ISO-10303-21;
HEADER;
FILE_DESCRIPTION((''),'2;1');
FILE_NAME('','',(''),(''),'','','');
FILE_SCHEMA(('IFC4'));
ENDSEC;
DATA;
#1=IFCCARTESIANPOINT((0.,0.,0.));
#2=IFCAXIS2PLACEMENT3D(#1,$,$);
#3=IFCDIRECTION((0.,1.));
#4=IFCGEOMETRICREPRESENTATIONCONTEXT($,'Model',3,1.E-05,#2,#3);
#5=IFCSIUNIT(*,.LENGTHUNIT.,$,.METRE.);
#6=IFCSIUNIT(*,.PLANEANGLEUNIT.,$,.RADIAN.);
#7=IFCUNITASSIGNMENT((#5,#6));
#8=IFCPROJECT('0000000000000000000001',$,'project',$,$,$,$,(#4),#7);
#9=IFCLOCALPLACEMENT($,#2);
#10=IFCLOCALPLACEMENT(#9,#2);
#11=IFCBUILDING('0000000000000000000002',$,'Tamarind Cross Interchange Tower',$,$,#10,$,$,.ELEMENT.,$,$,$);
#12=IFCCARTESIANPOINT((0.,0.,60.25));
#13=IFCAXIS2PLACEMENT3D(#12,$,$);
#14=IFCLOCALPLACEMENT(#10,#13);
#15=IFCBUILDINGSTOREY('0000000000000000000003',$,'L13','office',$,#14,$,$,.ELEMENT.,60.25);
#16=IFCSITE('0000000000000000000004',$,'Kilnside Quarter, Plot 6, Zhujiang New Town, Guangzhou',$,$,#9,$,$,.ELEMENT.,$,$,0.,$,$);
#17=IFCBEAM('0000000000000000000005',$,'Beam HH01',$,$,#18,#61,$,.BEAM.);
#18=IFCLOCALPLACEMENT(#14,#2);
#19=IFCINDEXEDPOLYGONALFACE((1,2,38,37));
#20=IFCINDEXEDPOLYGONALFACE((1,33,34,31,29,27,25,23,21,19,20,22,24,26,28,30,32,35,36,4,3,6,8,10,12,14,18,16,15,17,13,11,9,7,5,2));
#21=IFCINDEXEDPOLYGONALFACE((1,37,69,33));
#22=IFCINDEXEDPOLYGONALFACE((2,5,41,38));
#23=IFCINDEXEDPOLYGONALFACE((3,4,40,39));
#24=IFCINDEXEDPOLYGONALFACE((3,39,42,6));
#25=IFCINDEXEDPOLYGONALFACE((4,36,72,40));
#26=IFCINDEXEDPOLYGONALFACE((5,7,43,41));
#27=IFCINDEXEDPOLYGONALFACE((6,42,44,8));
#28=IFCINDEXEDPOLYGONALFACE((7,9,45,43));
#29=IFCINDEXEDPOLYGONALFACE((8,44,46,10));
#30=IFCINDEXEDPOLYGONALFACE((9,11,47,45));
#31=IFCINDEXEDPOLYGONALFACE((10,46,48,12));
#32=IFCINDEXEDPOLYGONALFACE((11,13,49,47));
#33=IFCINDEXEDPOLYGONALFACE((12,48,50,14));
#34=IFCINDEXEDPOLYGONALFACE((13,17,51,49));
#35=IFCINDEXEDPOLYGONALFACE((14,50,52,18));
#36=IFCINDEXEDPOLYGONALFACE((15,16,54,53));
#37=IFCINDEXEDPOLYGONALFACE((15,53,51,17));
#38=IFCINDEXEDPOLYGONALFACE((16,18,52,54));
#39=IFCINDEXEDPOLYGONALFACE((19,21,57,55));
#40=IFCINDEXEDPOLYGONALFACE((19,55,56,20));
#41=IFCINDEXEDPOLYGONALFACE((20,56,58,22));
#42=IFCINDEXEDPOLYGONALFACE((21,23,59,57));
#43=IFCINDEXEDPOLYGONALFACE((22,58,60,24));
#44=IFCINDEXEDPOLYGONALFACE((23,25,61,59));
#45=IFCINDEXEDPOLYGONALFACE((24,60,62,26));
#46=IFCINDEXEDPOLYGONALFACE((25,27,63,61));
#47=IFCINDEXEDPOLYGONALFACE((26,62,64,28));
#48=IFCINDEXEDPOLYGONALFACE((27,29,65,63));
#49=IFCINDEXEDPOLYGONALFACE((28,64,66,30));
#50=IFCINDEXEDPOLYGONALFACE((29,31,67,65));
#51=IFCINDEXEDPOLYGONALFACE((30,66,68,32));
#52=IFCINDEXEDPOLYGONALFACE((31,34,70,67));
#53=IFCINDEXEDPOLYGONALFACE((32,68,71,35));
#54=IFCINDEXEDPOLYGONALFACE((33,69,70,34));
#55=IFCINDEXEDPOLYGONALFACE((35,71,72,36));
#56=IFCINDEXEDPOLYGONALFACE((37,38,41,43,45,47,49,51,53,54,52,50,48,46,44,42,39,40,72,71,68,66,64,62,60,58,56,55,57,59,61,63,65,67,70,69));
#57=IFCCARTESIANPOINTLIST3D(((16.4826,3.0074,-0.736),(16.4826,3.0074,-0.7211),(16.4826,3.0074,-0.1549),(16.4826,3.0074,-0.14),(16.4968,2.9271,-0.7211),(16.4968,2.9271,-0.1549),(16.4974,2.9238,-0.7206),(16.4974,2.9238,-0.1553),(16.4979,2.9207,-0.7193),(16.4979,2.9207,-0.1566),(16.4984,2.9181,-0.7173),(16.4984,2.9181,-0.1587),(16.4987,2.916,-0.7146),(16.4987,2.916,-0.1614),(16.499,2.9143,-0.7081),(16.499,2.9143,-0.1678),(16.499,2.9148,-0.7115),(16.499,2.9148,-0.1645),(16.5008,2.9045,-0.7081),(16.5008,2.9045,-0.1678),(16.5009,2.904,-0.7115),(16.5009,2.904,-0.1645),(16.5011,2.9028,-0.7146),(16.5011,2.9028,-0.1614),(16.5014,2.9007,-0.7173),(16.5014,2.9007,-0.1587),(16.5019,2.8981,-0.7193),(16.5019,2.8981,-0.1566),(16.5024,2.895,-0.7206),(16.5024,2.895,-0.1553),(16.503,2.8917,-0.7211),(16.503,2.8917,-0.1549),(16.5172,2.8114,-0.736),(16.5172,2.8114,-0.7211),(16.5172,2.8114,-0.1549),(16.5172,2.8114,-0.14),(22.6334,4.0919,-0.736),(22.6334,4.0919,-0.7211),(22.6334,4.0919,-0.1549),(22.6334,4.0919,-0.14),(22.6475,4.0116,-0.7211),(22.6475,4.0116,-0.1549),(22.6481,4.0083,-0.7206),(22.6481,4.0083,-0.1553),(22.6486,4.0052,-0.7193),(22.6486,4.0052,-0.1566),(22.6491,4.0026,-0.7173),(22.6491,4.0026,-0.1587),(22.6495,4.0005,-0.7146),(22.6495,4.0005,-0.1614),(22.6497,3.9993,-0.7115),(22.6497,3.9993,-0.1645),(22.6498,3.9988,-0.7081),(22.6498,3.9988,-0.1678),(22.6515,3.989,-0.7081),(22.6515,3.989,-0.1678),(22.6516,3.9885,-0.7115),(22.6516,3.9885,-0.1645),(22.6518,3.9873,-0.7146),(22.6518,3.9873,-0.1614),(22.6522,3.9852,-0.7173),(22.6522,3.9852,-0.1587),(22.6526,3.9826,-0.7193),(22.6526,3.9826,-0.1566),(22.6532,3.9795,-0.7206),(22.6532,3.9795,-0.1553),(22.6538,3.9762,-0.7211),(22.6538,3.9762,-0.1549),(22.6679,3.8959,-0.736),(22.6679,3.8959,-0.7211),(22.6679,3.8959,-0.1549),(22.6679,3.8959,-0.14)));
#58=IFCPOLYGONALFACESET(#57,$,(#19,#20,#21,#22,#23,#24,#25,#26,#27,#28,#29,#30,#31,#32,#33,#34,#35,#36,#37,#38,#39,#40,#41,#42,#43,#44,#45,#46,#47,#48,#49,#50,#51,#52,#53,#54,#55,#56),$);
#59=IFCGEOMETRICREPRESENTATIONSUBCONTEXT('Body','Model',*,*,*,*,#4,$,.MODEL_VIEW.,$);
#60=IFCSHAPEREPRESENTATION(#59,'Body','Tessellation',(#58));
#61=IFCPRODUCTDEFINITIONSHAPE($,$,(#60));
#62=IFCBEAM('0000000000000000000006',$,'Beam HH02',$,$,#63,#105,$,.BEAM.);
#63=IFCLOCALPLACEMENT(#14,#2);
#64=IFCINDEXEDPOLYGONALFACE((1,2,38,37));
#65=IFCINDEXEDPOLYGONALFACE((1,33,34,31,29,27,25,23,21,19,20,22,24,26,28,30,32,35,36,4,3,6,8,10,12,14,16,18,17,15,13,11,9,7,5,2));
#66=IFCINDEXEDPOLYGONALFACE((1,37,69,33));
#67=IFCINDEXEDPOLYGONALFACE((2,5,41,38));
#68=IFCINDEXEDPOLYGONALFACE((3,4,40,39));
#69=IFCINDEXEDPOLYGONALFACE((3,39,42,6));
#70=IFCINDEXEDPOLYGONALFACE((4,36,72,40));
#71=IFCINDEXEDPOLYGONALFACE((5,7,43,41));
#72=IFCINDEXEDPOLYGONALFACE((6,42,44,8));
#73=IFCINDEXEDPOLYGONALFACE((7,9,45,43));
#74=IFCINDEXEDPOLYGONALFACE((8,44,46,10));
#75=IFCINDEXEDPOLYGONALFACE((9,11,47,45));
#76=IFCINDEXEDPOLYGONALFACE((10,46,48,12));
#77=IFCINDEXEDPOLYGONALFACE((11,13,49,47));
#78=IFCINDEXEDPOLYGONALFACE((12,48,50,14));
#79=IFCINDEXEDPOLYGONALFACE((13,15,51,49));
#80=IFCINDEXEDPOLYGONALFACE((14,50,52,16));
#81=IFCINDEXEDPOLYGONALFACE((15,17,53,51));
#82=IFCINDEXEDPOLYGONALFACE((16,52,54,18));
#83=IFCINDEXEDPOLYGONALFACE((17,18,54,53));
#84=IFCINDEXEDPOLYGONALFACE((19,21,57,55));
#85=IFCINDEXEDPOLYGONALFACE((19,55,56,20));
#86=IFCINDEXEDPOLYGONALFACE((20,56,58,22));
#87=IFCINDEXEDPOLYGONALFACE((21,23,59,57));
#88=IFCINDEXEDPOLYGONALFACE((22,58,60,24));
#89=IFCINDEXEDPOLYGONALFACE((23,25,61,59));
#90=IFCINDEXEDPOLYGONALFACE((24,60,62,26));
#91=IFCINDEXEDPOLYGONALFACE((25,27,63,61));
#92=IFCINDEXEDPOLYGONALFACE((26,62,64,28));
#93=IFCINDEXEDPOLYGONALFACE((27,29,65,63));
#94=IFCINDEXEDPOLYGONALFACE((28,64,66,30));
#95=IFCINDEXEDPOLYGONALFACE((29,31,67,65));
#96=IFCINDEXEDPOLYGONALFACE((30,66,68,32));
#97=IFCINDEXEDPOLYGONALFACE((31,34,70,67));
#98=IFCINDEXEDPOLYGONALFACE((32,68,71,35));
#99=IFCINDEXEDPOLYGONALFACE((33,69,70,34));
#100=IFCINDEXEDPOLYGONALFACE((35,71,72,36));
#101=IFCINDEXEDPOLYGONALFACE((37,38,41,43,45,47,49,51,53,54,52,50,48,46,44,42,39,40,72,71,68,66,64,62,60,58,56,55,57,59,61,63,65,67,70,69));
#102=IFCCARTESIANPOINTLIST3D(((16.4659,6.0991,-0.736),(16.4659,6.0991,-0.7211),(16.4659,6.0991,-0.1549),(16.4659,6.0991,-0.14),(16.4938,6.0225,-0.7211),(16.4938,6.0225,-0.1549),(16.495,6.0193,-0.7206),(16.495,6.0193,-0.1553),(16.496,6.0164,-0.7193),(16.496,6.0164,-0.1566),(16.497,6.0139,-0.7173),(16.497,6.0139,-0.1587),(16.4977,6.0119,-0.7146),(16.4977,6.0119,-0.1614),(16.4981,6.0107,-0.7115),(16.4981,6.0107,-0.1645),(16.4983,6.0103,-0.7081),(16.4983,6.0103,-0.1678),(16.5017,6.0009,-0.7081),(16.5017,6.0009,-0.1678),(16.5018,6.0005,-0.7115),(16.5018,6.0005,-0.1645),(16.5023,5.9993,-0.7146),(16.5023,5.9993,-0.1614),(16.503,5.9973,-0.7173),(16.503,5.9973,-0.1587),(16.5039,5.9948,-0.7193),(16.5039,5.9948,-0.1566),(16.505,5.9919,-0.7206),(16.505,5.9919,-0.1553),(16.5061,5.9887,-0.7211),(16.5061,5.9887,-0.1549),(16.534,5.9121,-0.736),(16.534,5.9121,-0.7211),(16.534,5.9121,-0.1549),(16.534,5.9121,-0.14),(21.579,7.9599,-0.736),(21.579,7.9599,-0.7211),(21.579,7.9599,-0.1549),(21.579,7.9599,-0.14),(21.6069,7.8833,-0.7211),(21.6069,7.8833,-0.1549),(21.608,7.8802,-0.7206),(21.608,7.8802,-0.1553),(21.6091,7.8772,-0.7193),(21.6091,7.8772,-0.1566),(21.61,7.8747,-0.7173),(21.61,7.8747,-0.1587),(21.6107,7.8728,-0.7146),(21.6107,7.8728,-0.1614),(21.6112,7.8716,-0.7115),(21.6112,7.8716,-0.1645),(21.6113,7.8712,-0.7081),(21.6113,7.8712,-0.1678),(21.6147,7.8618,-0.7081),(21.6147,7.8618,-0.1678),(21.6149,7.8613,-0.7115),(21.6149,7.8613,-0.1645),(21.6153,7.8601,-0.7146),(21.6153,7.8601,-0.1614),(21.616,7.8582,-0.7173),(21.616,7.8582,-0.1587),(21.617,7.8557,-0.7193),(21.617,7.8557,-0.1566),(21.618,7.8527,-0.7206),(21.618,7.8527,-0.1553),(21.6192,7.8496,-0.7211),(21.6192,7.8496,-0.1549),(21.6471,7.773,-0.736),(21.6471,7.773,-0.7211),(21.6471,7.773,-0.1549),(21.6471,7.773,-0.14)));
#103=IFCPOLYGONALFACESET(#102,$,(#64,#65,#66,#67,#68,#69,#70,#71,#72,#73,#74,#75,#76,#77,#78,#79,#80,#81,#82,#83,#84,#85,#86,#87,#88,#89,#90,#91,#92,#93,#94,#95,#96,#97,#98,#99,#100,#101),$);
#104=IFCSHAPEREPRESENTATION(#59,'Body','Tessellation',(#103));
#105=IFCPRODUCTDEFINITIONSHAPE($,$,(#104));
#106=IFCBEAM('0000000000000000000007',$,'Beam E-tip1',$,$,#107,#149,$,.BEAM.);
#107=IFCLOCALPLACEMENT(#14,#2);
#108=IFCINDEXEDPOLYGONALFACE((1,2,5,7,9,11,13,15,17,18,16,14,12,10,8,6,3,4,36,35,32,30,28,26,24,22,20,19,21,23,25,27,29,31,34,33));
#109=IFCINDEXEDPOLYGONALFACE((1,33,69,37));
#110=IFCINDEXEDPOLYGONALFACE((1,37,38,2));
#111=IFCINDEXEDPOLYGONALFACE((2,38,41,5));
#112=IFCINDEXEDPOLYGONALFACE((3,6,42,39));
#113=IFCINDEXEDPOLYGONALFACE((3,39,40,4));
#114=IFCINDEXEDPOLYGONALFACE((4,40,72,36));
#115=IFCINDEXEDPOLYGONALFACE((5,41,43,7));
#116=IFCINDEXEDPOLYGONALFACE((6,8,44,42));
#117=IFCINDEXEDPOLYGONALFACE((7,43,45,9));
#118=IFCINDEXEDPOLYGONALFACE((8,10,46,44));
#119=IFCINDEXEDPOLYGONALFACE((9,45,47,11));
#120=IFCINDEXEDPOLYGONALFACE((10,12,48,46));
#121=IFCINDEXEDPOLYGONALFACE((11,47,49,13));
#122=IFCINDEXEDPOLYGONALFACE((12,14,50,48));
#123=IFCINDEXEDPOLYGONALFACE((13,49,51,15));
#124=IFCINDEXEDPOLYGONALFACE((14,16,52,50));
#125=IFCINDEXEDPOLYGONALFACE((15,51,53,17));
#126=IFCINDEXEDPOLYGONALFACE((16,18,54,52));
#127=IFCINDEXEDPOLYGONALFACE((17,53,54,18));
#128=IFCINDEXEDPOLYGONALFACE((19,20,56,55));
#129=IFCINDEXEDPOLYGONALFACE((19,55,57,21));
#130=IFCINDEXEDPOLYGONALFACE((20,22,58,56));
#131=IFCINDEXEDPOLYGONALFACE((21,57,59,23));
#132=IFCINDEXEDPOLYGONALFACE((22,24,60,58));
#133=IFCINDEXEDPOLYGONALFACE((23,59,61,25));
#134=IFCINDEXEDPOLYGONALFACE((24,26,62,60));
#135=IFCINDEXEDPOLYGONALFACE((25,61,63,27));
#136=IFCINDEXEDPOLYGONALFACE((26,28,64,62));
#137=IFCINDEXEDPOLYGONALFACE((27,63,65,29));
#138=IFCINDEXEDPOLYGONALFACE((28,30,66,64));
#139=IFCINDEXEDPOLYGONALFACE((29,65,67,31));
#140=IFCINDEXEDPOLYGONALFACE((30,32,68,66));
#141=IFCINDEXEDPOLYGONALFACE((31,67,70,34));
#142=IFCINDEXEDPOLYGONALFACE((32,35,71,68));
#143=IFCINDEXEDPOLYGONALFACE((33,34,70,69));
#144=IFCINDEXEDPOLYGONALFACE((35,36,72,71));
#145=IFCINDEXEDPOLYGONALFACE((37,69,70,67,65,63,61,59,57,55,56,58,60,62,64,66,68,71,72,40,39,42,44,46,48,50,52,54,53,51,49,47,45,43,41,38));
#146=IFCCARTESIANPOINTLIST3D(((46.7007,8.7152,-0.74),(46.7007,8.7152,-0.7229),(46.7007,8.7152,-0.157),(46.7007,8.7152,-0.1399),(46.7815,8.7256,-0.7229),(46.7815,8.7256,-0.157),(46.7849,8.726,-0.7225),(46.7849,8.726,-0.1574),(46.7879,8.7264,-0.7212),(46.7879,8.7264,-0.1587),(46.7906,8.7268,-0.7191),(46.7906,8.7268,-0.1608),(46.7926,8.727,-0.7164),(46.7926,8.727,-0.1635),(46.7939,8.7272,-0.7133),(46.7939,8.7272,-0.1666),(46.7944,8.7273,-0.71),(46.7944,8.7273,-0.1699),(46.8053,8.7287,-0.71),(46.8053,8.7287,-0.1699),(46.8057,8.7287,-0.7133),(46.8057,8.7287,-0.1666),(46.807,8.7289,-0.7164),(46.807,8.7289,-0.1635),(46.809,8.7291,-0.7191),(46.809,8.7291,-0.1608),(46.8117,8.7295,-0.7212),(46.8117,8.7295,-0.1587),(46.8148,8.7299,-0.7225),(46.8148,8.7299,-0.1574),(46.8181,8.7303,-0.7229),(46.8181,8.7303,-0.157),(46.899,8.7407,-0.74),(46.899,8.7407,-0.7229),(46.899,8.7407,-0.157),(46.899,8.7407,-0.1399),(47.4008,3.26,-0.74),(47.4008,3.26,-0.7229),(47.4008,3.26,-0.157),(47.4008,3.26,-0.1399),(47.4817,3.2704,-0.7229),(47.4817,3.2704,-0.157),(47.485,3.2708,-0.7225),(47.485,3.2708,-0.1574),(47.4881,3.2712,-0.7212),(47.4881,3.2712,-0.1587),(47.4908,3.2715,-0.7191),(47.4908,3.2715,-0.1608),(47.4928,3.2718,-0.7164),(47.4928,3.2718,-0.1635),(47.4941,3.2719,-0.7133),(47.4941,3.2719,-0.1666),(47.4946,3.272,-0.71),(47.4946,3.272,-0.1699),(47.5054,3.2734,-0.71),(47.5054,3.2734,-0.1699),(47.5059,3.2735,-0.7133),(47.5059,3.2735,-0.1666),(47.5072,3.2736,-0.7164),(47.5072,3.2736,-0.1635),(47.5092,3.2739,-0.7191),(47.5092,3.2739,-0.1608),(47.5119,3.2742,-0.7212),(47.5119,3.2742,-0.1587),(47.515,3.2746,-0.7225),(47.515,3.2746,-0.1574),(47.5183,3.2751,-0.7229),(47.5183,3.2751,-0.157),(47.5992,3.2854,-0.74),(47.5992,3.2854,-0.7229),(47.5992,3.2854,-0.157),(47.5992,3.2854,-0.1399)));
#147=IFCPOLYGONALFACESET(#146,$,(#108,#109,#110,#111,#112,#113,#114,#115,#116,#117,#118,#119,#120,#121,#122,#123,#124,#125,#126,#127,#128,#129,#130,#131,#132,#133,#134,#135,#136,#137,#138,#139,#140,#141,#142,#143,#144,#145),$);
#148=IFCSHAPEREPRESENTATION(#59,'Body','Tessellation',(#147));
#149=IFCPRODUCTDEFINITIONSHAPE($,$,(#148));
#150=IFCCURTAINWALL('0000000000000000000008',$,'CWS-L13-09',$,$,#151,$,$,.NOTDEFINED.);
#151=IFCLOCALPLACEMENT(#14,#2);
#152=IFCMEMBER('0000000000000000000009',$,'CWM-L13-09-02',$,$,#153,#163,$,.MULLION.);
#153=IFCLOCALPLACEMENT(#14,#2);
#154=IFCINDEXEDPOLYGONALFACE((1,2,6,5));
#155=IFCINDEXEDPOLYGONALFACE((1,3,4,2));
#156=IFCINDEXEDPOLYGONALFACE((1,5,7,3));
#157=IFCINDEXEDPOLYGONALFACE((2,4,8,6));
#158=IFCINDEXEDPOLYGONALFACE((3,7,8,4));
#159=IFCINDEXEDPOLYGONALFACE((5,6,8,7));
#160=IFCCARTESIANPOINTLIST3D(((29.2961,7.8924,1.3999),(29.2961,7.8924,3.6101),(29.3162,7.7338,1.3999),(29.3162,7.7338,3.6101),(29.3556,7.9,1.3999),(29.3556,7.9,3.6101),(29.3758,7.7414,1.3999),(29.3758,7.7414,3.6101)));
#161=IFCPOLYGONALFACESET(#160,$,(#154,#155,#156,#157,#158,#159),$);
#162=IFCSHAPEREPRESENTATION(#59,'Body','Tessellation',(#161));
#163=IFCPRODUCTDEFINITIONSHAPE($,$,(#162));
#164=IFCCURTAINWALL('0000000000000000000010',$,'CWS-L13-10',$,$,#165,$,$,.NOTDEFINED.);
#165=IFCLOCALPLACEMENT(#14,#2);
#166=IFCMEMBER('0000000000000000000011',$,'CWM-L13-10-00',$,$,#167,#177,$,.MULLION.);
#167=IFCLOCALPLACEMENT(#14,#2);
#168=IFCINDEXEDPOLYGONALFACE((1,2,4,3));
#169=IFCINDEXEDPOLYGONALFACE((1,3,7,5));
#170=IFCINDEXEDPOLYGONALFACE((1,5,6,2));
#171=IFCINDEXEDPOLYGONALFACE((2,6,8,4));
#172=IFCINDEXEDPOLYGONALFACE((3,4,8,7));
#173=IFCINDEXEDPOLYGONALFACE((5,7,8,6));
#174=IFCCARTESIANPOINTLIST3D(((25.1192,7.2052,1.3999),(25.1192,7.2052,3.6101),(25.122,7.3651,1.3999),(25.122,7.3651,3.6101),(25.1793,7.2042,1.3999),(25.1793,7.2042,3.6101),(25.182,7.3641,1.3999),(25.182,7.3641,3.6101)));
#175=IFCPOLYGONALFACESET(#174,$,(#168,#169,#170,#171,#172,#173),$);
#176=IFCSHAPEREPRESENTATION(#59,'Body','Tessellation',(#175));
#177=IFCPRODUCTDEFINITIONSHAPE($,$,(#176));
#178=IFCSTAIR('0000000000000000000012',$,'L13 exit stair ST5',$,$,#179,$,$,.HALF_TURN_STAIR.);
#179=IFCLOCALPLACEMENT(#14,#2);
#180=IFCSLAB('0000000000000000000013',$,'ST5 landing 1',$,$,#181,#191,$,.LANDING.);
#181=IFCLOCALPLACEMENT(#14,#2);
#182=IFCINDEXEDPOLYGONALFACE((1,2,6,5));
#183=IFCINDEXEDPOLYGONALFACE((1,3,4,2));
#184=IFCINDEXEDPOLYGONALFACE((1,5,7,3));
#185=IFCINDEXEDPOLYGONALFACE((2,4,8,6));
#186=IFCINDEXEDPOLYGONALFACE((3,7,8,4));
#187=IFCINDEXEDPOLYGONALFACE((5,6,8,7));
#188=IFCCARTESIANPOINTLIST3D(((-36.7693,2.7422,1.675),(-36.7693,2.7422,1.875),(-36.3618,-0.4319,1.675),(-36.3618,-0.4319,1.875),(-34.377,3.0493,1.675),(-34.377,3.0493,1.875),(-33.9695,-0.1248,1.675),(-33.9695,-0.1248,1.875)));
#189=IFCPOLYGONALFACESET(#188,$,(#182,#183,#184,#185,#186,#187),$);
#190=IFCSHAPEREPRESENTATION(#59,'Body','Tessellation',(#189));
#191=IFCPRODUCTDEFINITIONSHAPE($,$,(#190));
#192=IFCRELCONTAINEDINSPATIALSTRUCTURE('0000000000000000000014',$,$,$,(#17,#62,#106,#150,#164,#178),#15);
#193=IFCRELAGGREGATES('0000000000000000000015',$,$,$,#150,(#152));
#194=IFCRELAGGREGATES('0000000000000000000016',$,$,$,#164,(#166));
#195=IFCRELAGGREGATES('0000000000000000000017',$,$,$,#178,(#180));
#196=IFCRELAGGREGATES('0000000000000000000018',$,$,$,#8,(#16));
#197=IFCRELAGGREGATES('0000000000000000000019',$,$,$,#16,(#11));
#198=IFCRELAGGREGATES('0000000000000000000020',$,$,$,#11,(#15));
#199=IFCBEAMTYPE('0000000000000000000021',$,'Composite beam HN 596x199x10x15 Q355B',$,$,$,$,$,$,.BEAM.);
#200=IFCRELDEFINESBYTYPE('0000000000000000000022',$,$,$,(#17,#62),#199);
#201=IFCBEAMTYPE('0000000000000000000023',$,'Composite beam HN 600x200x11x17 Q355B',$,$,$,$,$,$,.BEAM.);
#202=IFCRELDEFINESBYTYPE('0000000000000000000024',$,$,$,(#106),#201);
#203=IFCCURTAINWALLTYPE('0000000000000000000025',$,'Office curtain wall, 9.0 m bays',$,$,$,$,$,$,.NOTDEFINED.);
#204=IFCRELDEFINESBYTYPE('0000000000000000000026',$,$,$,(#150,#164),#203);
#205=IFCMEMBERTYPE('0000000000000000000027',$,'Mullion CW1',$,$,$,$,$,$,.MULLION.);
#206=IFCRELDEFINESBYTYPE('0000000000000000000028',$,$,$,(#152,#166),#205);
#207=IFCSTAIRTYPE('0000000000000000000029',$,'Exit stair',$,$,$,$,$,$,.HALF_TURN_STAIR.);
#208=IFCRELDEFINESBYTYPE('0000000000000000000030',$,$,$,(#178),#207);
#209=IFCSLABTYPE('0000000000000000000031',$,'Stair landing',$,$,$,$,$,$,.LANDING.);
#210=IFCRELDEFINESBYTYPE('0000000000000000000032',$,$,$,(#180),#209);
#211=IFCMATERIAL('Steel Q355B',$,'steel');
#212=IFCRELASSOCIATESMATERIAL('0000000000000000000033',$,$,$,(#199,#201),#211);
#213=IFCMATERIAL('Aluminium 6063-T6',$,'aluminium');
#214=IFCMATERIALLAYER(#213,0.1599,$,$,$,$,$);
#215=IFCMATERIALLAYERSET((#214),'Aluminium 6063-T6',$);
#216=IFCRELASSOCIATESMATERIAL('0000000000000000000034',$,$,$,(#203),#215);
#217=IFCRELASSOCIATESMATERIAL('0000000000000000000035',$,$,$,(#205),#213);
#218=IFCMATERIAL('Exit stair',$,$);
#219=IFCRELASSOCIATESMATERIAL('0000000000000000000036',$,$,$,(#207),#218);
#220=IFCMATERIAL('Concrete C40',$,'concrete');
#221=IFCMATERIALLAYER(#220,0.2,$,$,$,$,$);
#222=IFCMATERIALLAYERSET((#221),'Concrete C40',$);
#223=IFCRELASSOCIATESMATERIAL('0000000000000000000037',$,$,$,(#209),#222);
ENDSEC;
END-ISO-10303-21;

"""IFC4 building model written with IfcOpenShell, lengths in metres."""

from ifc_helpers import new_model, si_unit, direction, frame, origin, origin_2d, place, context, subcontext, project, spatial, polyline, rectangle, i_section, outline, extrude, material, layer, layer_set, material_profile, profile_set, type_object, element, aggregate, save


model = new_model("IFC4")

# Units and contexts
model_context = context("Model", 3, precision=1e-05, world=origin(), true_north=direction((0.0, 1.0)))
body_context = subcontext(model_context, "Body", "Model", "MODEL_VIEW")
ifc_project = project(units=[si_unit("LENGTHUNIT", "METRE"), si_unit("PLANEANGLEUNIT", "RADIAN")], contexts=[model_context])

# Site, building, storey
site_placement = place(None, origin())
site = spatial("IfcSite", under=ifc_project, at=site_placement, Name="Kilnside Quarter, Plot 6, Zhujiang New Town, Guangzhou", CompositionType="ELEMENT", RefElevation=0.0)
building_placement = place(site_placement, origin())
building = spatial("IfcBuilding", under=site, at=building_placement, Name="Tamarind Cross Interchange Tower", CompositionType="ELEMENT")
storey_placement = place(building_placement, frame((0.0, 0.0, 60.25)))
storey = spatial("IfcBuildingStorey", under=building, at=storey_placement, Name="L13", Description="office", CompositionType="ELEMENT", Elevation=60.25)

# Beams
ifc_material_1 = material(Name="Steel Q355B", Category="steel")
ifc_material_profile_1 = material_profile(ifc_material_1, i_section(OverallWidth=0.199, OverallDepth=0.5959, WebThickness=0.01, FlangeThickness=0.0149, FilletRadius=0.0129, at=origin_2d()), Name="HN 596x199x10x15")
ifc_profile_set_1 = profile_set([ifc_material_profile_1], Name="Steel Q355B")
beam_type_1 = type_object("IfcBeamType", Name="Composite beam HN 596x199x10x15 Q355B", PredefinedType="BEAM", material=ifc_profile_set_1)
beam_1_placement = place(storey_placement, frame((22.6506, 3.9939, -0.438), z_axis=(-0.984809, -0.17364, 0.0), x_axis=(0.17364, -0.984809, 0.0)))
element("IfcBeam", 1, at=beam_1_placement, inside=storey, type_object=beam_type_1, Name="Beam HH01", PredefinedType="BEAM", context=body_context, shape_type="SweptSolid", body=[
    extrude(i_section(OverallWidth=0.199, OverallDepth=0.5959, WebThickness=0.01, FlangeThickness=0.0149, FilletRadius=0.0129, at=origin_2d()), origin(), (0.0, 0.0, 1.0), 6.2456),
])
beam_2_placement = place(storey_placement, frame((21.613, 7.8665, -0.438), z_axis=(-0.939702, -0.341995, 0.0), x_axis=(0.341995, -0.939702, 0.0)))
element("IfcBeam", 2, at=beam_2_placement, inside=storey, type_object=beam_type_1, Name="Beam HH02", PredefinedType="BEAM", context=body_context, shape_type="SweptSolid", body=[
    extrude(i_section(OverallWidth=0.199, OverallDepth=0.5959, WebThickness=0.01, FlangeThickness=0.0149, FilletRadius=0.0129, at=origin_2d()), origin(), (0.0, 0.0, 1.0), 5.4412),
])
ifc_material_profile_2 = material_profile(ifc_material_1, i_section(OverallWidth=0.2, OverallDepth=0.6001, WebThickness=0.011, FlangeThickness=0.0171, FilletRadius=0.0129, at=origin_2d()), Name="HN 600x200x11x17")
ifc_profile_set_2 = profile_set([ifc_material_profile_2], Name="Steel Q355B")
beam_type_2 = type_object("IfcBeamType", Name="Composite beam HN 600x200x11x17 Q355B", PredefinedType="BEAM", material=ifc_profile_set_2)
beam_3_placement = place(storey_placement, frame((47.5, 3.2727, -0.4399), z_axis=(-0.127307, 0.991863, 0.0), x_axis=(-0.991863, -0.127307, 0.0)))
element("IfcBeam", 3, at=beam_3_placement, inside=storey, type_object=beam_type_2, Name="Beam E-tip1", PredefinedType="BEAM", context=body_context, shape_type="SweptSolid", body=[
    extrude(i_section(OverallWidth=0.2, OverallDepth=0.6001, WebThickness=0.011, FlangeThickness=0.0171, FilletRadius=0.0129, at=origin_2d()), origin(), (0.0, 0.0, 1.0), 5.5),
])

# Curtain walls, members
ifc_material_2 = material(Name="Aluminium 6063-T6", Category="aluminium")
ifc_layer_1 = layer(ifc_material_2, 0.1599)
ifc_layer_set_1 = layer_set([ifc_layer_1], Name="Aluminium 6063-T6")
curtain_wall_type = type_object("IfcCurtainWallType", Name="Office curtain wall, 9.0 m bays", PredefinedType="NOTDEFINED", material=ifc_layer_set_1)
curtain_wall_1_placement = place(storey_placement, origin())
curtain_wall_1 = element("IfcCurtainWall", 4, at=curtain_wall_1_placement, inside=storey, type_object=curtain_wall_type, Name="CWS-L13-09", PredefinedType="NOTDEFINED")
ifc_material_profile_3 = material_profile(ifc_material_2, rectangle(XDim=0.0601, YDim=0.1599, at=origin_2d()), Name="Mullion CW1")
ifc_profile_set_3 = profile_set([ifc_material_profile_3], Name="Aluminium 6063-T6")
member_type = type_object("IfcMemberType", Name="Mullion CW1", PredefinedType="MULLION", material=ifc_profile_set_3)
member_1_placement = place(storey_placement, frame((29.3359, 7.8169, 1.3999), z_axis=(0.0, 0.0, 1.0), x_axis=(-0.99201, -0.126161, 0.0)))
member_1 = element("IfcMember", 5, at=member_1_placement, type_object=member_type, Name="CWM-L13-09-02", PredefinedType="MULLION", context=body_context, shape_type="SweptSolid", body=[
    extrude(rectangle(XDim=0.0601, YDim=0.1599, at=origin_2d()), origin(), (0.0, 0.0, 1.0), 2.2102),
])
aggregate(curtain_wall_1, [member_1])
curtain_wall_2_placement = place(storey_placement, origin())
curtain_wall_2 = element("IfcCurtainWall", 6, at=curtain_wall_2_placement, inside=storey, type_object=curtain_wall_type, Name="CWS-L13-10", PredefinedType="NOTDEFINED")
member_2_placement = place(storey_placement, frame((25.1506, 7.2847, 1.3999), z_axis=(0.0, 0.0, 1.0), x_axis=(-0.999852, 0.017195, 0.0)))
member_2 = element("IfcMember", 7, at=member_2_placement, type_object=member_type, Name="CWM-L13-10-00", PredefinedType="MULLION", context=body_context, shape_type="SweptSolid", body=[
    extrude(rectangle(XDim=0.0601, YDim=0.1599, at=origin_2d()), origin(), (0.0, 0.0, 1.0), 2.2102),
])
aggregate(curtain_wall_2, [member_2])

# Stair, slab
ifc_material_3 = material(Name="Exit stair")
stair_type = type_object("IfcStairType", Name="Exit stair", PredefinedType="HALF_TURN_STAIR", material=ifc_material_3)
stair_1_placement = place(storey_placement, origin())
stair_1 = element("IfcStair", 8, at=stair_1_placement, inside=storey, type_object=stair_type, Name="L13 exit stair ST5", PredefinedType="HALF_TURN_STAIR")
ifc_material_4 = material(Name="Concrete C40", Category="concrete")
ifc_layer_2 = layer(ifc_material_4, 0.2)
ifc_layer_set_2 = layer_set([ifc_layer_2], Name="Concrete C40")
slab_type = type_object("IfcSlabType", Name="Stair landing", PredefinedType="LANDING", material=ifc_layer_set_2)
slab_1_placement = place(storey_placement, frame((0.0, 0.0, 1.675)))
slab_1 = element("IfcSlab", 9, at=slab_1_placement, type_object=slab_type, Name="ST5 landing 1", PredefinedType="LANDING", context=body_context, shape_type="SweptSolid", body=[
    extrude(outline(polyline([(-34.377, 3.0493), (-36.7693, 2.7422), (-36.3618, -0.4319), (-33.9695, -0.1248), (-34.377, 3.0493)])), origin(), (0.0, 0.0, 1.0), 0.2),
])
aggregate(stair_1, [slab_1])

save(model, "model.ifc")
